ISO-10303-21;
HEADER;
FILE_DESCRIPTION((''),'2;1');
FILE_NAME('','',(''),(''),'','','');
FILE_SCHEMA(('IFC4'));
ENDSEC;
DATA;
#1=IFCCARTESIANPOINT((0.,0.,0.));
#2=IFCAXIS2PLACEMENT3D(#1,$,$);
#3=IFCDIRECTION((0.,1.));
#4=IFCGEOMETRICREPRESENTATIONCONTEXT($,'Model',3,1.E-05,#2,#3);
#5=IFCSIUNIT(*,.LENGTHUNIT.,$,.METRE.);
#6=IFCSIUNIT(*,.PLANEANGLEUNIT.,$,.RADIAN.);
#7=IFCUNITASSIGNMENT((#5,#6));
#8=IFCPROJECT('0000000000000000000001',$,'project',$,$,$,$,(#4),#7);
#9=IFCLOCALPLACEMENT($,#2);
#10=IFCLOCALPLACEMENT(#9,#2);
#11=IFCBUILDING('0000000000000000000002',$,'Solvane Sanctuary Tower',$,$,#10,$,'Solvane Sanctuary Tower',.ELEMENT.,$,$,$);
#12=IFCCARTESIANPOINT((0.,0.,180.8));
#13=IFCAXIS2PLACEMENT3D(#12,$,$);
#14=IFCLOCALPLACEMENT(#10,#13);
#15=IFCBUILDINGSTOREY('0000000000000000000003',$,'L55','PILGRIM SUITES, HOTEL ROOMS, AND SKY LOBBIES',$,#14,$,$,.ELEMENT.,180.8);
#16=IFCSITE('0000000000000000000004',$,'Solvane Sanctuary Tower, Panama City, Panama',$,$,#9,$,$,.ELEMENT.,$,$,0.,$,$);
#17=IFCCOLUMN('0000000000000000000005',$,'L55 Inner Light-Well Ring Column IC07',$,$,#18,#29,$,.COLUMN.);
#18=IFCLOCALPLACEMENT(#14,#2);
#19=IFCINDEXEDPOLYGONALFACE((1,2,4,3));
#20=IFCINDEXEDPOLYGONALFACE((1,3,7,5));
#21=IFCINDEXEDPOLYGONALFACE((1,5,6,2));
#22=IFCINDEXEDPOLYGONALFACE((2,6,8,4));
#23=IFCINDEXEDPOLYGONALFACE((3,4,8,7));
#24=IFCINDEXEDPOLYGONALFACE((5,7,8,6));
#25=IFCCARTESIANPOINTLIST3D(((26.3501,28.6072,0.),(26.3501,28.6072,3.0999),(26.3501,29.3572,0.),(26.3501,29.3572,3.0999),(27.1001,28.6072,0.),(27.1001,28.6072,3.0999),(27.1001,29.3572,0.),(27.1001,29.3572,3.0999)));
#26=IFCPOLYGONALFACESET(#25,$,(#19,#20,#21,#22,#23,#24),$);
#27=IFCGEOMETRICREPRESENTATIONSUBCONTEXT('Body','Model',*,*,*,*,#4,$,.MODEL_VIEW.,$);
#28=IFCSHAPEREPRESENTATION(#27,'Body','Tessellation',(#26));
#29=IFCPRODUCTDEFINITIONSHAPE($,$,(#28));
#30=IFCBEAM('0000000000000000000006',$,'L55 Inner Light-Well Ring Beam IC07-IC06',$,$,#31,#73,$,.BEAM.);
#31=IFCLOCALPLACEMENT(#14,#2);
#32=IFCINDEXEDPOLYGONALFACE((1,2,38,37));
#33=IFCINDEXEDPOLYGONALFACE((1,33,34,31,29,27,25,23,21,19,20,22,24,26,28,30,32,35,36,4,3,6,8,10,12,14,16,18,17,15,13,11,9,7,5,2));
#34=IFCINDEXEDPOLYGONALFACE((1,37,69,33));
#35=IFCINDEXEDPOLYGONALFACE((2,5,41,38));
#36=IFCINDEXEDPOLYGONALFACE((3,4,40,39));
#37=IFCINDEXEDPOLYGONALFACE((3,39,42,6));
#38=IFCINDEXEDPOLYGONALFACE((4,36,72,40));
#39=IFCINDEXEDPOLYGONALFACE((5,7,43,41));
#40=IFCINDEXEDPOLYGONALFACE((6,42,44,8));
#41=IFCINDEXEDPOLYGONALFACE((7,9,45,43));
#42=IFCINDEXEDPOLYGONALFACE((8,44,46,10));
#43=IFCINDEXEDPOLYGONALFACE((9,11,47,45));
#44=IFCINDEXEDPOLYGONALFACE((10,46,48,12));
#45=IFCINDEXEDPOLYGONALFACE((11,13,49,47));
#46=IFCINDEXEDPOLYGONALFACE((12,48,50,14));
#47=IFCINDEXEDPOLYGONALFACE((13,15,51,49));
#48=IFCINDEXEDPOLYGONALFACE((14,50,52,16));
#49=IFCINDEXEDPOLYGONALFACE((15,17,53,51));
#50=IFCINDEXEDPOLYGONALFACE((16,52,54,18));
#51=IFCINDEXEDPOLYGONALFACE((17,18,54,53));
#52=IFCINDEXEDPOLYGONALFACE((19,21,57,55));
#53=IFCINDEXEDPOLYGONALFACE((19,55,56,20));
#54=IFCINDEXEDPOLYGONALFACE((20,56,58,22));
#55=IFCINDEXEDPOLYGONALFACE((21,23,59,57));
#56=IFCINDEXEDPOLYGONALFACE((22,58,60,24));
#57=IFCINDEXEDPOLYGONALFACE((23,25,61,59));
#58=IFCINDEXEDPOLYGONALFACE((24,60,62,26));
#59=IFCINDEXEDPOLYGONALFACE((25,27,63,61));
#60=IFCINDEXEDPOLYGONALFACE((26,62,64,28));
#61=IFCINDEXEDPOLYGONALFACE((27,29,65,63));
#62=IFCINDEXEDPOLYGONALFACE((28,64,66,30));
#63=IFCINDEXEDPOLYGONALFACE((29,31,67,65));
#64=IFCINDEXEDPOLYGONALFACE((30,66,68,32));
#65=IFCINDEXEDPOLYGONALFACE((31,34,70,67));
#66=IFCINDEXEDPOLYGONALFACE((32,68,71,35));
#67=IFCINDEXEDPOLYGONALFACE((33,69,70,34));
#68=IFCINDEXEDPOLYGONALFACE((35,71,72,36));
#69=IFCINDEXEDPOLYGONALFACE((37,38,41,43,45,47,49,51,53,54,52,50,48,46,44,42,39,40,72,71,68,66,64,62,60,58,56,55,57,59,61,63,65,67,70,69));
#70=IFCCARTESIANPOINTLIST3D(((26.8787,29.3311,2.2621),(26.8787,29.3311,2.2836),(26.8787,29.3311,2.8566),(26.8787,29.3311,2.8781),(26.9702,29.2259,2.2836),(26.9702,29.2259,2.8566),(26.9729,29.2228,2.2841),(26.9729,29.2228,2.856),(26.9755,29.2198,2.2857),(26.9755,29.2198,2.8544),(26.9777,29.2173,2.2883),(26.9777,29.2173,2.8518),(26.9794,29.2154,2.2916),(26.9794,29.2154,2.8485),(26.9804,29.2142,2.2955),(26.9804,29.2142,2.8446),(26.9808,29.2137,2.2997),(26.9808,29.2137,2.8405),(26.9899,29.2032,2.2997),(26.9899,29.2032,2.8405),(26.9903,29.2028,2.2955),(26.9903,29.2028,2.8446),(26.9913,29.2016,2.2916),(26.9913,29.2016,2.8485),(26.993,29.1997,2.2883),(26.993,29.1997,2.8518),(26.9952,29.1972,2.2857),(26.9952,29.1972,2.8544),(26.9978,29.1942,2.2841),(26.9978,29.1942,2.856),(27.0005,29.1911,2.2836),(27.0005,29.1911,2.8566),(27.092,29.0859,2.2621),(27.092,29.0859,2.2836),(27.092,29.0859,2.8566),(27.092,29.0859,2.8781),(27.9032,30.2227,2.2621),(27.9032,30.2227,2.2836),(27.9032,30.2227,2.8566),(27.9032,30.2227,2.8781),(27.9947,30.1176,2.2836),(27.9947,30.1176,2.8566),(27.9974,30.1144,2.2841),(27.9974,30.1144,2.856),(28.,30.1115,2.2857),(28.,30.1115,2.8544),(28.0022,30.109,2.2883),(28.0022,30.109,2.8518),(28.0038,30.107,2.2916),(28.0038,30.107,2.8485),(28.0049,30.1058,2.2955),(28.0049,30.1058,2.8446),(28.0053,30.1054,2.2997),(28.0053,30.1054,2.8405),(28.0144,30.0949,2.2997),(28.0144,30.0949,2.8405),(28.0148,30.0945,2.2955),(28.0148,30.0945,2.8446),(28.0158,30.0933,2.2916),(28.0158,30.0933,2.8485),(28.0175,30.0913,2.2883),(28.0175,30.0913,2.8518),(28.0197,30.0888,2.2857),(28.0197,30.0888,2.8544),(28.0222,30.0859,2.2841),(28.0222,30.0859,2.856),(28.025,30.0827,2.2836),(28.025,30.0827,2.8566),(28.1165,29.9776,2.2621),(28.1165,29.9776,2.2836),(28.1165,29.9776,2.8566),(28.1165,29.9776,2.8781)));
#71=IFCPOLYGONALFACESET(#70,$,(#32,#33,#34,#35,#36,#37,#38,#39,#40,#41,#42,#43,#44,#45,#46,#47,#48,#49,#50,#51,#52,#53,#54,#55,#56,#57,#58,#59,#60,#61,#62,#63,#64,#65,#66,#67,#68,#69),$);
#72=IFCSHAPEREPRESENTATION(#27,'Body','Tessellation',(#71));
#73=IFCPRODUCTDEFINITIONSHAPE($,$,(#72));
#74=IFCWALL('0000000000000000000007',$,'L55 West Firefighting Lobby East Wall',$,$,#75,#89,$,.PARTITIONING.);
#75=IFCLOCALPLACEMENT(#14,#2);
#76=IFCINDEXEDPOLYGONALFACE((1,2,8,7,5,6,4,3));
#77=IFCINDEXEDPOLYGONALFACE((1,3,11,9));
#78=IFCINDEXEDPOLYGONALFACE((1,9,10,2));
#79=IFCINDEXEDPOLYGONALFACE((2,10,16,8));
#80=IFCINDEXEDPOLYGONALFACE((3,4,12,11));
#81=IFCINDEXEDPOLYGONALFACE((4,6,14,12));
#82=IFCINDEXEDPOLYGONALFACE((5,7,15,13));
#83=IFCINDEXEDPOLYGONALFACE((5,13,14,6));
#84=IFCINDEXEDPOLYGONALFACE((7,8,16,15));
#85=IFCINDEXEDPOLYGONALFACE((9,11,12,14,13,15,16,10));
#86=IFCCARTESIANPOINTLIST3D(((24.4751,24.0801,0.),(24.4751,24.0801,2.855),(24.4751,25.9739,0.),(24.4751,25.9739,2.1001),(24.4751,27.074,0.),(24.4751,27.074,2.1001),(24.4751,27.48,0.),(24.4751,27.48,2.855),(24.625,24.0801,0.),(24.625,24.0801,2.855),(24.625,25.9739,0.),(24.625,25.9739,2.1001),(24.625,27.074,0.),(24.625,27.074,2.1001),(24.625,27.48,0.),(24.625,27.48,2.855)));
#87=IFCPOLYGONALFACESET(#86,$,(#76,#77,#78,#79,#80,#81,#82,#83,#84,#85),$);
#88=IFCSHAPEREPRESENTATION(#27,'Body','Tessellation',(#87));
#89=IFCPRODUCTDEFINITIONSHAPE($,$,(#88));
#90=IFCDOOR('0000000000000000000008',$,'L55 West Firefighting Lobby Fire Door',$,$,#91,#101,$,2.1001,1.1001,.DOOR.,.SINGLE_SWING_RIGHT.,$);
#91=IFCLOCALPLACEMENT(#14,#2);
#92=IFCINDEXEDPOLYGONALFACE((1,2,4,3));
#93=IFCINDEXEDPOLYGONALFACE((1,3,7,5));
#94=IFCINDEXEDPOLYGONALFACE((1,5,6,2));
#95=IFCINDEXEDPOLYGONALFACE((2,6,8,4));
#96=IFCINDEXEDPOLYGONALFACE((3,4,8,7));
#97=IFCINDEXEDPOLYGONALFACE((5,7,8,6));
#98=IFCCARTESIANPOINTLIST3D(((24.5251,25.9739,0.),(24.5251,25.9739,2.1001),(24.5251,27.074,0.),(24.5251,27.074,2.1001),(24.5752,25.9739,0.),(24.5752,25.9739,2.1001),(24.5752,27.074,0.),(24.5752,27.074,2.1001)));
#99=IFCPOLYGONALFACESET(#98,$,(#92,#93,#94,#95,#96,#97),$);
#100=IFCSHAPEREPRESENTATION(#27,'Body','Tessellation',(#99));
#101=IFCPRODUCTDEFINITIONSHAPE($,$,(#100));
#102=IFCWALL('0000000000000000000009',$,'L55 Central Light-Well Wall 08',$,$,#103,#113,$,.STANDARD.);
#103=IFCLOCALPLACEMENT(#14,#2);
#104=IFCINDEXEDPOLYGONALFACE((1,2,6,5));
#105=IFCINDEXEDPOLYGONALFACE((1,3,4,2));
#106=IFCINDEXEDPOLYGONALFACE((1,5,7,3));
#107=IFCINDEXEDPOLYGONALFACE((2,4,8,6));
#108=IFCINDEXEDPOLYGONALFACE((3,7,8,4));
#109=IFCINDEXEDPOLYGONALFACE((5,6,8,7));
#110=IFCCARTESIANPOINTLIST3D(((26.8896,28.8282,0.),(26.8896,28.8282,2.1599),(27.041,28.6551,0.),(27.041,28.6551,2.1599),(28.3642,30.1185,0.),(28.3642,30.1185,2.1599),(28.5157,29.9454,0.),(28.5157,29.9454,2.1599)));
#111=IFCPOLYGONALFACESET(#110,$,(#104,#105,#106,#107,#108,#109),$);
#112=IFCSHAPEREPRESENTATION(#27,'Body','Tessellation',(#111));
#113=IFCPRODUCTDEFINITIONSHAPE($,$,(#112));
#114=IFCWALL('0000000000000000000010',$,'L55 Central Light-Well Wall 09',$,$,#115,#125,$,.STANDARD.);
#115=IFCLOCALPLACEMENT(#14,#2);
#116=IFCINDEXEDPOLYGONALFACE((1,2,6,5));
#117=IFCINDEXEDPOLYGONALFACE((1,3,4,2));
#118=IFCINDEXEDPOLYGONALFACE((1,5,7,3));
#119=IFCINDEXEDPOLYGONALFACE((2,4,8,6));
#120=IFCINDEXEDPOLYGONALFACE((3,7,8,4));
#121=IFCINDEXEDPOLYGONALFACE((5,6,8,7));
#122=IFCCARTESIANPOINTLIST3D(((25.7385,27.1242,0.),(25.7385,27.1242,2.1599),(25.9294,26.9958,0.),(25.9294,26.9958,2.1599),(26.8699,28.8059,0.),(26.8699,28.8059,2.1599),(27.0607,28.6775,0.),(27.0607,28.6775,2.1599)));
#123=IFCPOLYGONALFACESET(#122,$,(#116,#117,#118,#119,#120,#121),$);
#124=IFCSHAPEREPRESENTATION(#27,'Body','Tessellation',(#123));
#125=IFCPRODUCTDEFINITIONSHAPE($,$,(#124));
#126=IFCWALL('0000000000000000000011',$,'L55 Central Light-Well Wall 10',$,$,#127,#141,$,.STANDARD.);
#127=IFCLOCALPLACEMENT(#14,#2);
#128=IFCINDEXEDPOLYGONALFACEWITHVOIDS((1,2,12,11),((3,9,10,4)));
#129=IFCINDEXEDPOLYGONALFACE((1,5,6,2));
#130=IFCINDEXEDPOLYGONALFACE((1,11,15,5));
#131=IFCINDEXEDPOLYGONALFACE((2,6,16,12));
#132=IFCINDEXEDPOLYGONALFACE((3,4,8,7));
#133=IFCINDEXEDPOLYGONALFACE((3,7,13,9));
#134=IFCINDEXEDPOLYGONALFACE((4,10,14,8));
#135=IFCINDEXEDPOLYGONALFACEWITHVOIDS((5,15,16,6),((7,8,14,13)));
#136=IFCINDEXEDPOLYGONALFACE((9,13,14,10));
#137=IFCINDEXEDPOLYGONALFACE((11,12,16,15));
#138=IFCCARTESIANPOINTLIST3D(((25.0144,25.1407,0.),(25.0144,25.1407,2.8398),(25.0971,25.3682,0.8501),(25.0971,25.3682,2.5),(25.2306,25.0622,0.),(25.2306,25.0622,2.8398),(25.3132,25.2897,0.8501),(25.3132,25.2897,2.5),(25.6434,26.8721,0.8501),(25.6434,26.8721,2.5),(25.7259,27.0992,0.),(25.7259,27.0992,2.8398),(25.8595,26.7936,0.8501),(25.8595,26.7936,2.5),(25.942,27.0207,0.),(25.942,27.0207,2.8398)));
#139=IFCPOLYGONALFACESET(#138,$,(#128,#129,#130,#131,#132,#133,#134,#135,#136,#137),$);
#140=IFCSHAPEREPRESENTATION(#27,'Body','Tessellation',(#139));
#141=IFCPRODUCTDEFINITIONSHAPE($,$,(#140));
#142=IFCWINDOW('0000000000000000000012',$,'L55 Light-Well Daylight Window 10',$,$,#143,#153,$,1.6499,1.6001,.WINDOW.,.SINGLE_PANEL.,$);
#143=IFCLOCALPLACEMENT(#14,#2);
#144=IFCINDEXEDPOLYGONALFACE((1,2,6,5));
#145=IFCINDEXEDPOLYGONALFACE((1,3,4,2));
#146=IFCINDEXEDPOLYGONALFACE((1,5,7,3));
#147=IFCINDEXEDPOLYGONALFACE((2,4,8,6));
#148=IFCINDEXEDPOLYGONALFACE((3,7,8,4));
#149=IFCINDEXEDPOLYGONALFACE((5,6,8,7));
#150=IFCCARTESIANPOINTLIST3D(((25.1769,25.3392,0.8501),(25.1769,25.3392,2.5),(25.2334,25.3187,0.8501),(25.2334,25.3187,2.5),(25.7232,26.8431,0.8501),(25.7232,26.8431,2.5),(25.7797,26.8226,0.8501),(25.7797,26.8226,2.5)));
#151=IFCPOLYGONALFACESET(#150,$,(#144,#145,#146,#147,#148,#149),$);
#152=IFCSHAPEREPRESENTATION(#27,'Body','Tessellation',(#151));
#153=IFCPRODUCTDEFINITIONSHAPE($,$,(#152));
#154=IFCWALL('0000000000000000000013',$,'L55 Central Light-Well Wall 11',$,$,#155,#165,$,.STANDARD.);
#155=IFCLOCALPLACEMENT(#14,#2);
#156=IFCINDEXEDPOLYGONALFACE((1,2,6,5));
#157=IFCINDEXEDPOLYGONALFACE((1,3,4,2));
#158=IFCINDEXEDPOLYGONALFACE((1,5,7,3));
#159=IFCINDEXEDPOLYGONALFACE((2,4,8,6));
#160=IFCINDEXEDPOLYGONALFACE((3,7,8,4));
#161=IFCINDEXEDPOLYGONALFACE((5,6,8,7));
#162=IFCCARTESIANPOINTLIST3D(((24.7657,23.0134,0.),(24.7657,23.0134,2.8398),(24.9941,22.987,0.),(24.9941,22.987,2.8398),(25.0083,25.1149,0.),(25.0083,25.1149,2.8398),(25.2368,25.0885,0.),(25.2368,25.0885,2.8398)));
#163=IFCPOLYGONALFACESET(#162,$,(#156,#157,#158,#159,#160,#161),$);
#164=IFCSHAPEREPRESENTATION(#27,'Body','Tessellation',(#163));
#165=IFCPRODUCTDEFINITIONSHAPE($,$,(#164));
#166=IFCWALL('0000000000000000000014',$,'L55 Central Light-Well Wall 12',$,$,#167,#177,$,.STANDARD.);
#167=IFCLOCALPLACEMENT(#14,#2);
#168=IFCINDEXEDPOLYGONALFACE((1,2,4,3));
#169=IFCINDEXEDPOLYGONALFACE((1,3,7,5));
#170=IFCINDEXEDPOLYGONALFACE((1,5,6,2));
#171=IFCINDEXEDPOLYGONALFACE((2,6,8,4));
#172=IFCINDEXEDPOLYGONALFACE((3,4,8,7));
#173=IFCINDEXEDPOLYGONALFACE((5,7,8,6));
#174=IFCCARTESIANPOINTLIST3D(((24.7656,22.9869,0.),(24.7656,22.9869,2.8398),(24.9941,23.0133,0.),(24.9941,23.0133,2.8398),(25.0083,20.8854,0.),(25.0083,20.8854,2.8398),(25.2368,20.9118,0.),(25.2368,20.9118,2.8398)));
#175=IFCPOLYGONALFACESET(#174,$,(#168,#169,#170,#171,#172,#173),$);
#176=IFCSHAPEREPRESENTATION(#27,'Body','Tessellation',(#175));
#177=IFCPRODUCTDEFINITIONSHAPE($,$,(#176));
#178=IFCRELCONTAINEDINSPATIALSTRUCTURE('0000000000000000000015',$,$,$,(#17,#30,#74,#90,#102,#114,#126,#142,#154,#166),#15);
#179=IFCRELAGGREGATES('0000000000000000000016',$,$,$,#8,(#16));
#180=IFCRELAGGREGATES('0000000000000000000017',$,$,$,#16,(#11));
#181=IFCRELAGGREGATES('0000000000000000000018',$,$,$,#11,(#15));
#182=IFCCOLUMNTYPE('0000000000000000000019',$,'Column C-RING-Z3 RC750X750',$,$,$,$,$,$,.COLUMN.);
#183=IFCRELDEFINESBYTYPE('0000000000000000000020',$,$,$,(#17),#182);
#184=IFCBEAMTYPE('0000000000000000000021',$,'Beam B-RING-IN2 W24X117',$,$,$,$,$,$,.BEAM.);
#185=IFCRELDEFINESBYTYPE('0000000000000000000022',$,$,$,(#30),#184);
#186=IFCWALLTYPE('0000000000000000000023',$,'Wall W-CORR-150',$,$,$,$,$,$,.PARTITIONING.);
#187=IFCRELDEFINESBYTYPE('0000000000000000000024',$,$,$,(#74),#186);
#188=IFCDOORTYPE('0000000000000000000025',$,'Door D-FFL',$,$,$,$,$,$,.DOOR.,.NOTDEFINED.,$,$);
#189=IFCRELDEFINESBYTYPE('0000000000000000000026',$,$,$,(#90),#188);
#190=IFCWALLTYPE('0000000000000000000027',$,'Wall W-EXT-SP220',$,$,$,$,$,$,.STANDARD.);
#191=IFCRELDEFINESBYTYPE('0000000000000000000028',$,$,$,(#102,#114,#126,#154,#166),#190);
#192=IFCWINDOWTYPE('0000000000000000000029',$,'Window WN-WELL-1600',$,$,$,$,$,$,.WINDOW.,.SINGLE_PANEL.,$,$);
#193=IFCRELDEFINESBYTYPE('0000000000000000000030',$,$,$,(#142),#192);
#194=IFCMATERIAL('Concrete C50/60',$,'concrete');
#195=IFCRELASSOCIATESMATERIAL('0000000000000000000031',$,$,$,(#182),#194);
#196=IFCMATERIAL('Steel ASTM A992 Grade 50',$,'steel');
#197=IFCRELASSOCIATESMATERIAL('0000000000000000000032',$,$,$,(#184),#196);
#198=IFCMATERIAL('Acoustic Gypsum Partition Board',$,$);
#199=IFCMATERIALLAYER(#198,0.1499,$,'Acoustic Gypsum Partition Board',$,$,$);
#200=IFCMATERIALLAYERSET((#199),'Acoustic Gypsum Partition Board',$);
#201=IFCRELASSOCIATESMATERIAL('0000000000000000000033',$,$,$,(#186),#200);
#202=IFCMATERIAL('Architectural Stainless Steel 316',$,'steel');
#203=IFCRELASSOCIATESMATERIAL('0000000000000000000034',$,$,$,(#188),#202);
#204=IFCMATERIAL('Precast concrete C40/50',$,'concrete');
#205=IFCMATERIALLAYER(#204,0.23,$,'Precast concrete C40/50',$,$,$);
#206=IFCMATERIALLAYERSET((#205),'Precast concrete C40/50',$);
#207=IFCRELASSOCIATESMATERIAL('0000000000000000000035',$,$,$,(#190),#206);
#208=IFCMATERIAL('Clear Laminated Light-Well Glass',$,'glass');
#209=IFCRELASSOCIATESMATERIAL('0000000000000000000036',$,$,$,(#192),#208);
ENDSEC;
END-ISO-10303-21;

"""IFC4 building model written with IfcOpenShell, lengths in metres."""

from ifc_helpers import new_model, si_unit, direction, frame, frame_2d, origin, origin_2d, place, context, subcontext, project, spatial, rectangle, i_section, extrude, material, layer, layer_set, material_profile, profile_set, type_object, element, fill, save


model = new_model("IFC4")

# Units and contexts
model_context = context("Model", 3, precision=1e-05, world=origin(), true_north=direction((0.0, 1.0)))
body_context = subcontext(model_context, "Body", "Model", "MODEL_VIEW")
ifc_project = project(units=[si_unit("LENGTHUNIT", "METRE"), si_unit("PLANEANGLEUNIT", "RADIAN")], contexts=[model_context])

# Site, building, storey
site_placement = place(None, origin())
site = spatial("IfcSite", under=ifc_project, at=site_placement, Name="Solvane Sanctuary Tower, Panama City, Panama", CompositionType="ELEMENT", RefElevation=0.0)
building_placement = place(site_placement, origin())
building = spatial("IfcBuilding", under=site, at=building_placement, Name="Solvane Sanctuary Tower", LongName="Solvane Sanctuary Tower", CompositionType="ELEMENT")
storey_placement = place(building_placement, frame((0.0, 0.0, 180.8)))
storey = spatial("IfcBuildingStorey", under=building, at=storey_placement, Name="L55", Description="PILGRIM SUITES, HOTEL ROOMS, AND SKY LOBBIES", CompositionType="ELEMENT", Elevation=180.8)

# Column
ifc_material_1 = material(Name="Concrete C50/60", Category="concrete")
ifc_material_profile_1 = material_profile(ifc_material_1, rectangle(XDim=0.75, YDim=0.75, at=origin_2d()), Name="RC750X750")
ifc_profile_set_1 = profile_set([ifc_material_profile_1], Name="Concrete C50/60")
column_type = type_object("IfcColumnType", Name="Column C-RING-Z3 RC750X750", PredefinedType="COLUMN", material=ifc_profile_set_1)
column_placement = place(storey_placement, frame((26.7251, 28.9822, 0.0), z_axis=(0.0, 0.0, 1.0), x_axis=(1.0, 0.0, 0.0)))
element("IfcColumn", 1, at=column_placement, inside=storey, type_object=column_type, Name="L55 Inner Light-Well Ring Column IC07", PredefinedType="COLUMN", context=body_context, shape_type="SweptSolid", body=[
    extrude(rectangle(XDim=0.75, YDim=0.75, at=origin_2d()), origin(), (0.0, 0.0, 1.0), 3.0999),
])

# Beam
ifc_material_2 = material(Name="Steel ASTM A992 Grade 50", Category="steel")
ifc_material_profile_2 = material_profile(ifc_material_2, i_section(OverallWidth=0.325, OverallDepth=0.616, WebThickness=0.0139, FlangeThickness=0.0215, FilletRadius=0.0161, at=origin_2d()), Name="W24X117")
ifc_profile_set_2 = profile_set([ifc_material_profile_2], Name="Steel ASTM A992 Grade 50")
beam_type = type_object("IfcBeamType", Name="Beam B-RING-IN2 W24X117", PredefinedType="BEAM", material=ifc_profile_set_2)
beam_placement = place(storey_placement, frame((26.9854, 29.2085, 2.5701), z_axis=(0.754311, 0.656517, 0.0), x_axis=(-0.656517, 0.754311, 0.0)))
element("IfcBeam", 2, at=beam_placement, inside=storey, type_object=beam_type, Name="L55 Inner Light-Well Ring Beam IC07-IC06", PredefinedType="BEAM", context=body_context, shape_type="SweptSolid", body=[
    extrude(i_section(OverallWidth=0.325, OverallDepth=0.616, WebThickness=0.0139, FlangeThickness=0.0215, FilletRadius=0.0161, at=origin_2d()), origin(), (0.0, 0.0, 1.0), 1.3582),
])

# Wall, opening, door
ifc_material_3 = material(Name="Acoustic Gypsum Partition Board")
ifc_layer_1 = layer(ifc_material_3, 0.1499, Name="Acoustic Gypsum Partition Board")
ifc_layer_set_1 = layer_set([ifc_layer_1], Name="Acoustic Gypsum Partition Board")
wall_type_1 = type_object("IfcWallType", Name="Wall W-CORR-150", PredefinedType="PARTITIONING", material=ifc_layer_set_1)
wall_1_placement = place(storey_placement, frame((24.55, 24.0801, 0.0), z_axis=(0.0, 0.0, 1.0), x_axis=(0.0, 1.0, 0.0)))
wall_1 = element("IfcWall", 3, at=wall_1_placement, inside=storey, type_object=wall_type_1, Name="L55 West Firefighting Lobby East Wall", PredefinedType="PARTITIONING", context=body_context, shape_type="SweptSolid", body=[
    extrude(rectangle(XDim=3.3999, YDim=0.1499, at=frame_2d((1.7, 0.0))), origin(), (0.0, 0.0, 1.0), 2.855),
])
opening_1_placement = place(wall_1_placement, frame((1.8938, 0.0, 0.0)))
opening_1 = element("IfcOpeningElement", 4, at=opening_1_placement, cuts=wall_1, PredefinedType="OPENING", context=body_context, shape_type="SweptSolid", body=[
    extrude(rectangle(XDim=1.1001, YDim=2.1001, at=frame_2d((0.55, 1.05))), frame((0.0, 0.085, 0.0), z_axis=(0.0, -1.0, 0.0), x_axis=(1.0, 0.0, 0.0)), (0.0, 0.0, 1.0), 0.1699),
])
ifc_material_4 = material(Name="Architectural Stainless Steel 316", Category="steel")
door_type_1 = type_object("IfcDoorType", Name="Door D-FFL", OperationType="NOTDEFINED", PredefinedType="DOOR", material=ifc_material_4)
door_1_placement = place(opening_1_placement, origin())
door_1 = element("IfcDoor", 5, at=door_1_placement, inside=storey, type_object=door_type_1, Name="L55 West Firefighting Lobby Fire Door", OperationType="SINGLE_SWING_RIGHT", OverallHeight=2.1001, OverallWidth=1.1001, PredefinedType="DOOR", context=body_context, shape_type="SweptSolid", body=[
    extrude(rectangle(XDim=1.1001, YDim=2.1001, at=frame_2d((0.55, 1.05))), frame((0.0, 0.0249, 0.0), z_axis=(0.0, -1.0, 0.0), x_axis=(1.0, 0.0, 0.0)), (0.0, 0.0, 1.0), 0.05),
])
fill(opening_1, door_1)

# Walls
ifc_material_5 = material(Name="Precast concrete C40/50", Category="concrete")
ifc_layer_2 = layer(ifc_material_5, 0.23, Name="Precast concrete C40/50")
ifc_layer_set_2 = layer_set([ifc_layer_2], Name="Precast concrete C40/50")
wall_type_2 = type_object("IfcWallType", Name="Wall W-EXT-SP220", PredefinedType="STANDARD", material=ifc_layer_set_2)
wall_2_placement = place(storey_placement, frame((28.4399, 30.032, 0.0), z_axis=(0.0, 0.0, 1.0), x_axis=(-0.752577, -0.658505, 0.0)))
element("IfcWall", 6, at=wall_2_placement, inside=storey, type_object=wall_type_2, Name="L55 Central Light-Well Wall 08", PredefinedType="STANDARD", context=body_context, shape_type="SweptSolid", body=[
    extrude(rectangle(XDim=1.9595, YDim=0.23, at=frame_2d((0.9797, 0.0))), origin(), (0.0, 0.0, 1.0), 2.1599),
])
wall_3_placement = place(storey_placement, frame((26.9653, 28.7417, 0.0), z_axis=(0.0, 0.0, 1.0), x_axis=(-0.558198, -0.829708, 0.0)))
element("IfcWall", 7, at=wall_3_placement, inside=storey, type_object=wall_type_2, Name="L55 Central Light-Well Wall 09", PredefinedType="STANDARD", context=body_context, shape_type="SweptSolid", body=[
    extrude(rectangle(XDim=2.0269, YDim=0.23, at=frame_2d((1.0134, 0.0))), origin(), (0.0, 0.0, 1.0), 2.1599),
])

# Wall, opening, window
wall_4_placement = place(storey_placement, frame((25.834, 27.0601, 0.0), z_axis=(0.0, 0.0, 1.0), x_axis=(-0.341423, -0.93991, 0.0)))
wall_4 = element("IfcWall", 8, at=wall_4_placement, inside=storey, type_object=wall_type_2, Name="L55 Central Light-Well Wall 10", PredefinedType="STANDARD", context=body_context, shape_type="SweptSolid", body=[
    extrude(rectangle(XDim=2.0837, YDim=0.23, at=frame_2d((1.042, 0.0))), origin(), (0.0, 0.0, 1.0), 2.8398),
])
opening_2_placement = place(wall_4_placement, frame((0.2417, 0.0, 0.8501)))
opening_2 = element("IfcOpeningElement", 9, at=opening_2_placement, cuts=wall_4, PredefinedType="OPENING", context=body_context, shape_type="SweptSolid", body=[
    extrude(rectangle(XDim=1.6001, YDim=1.6499, at=frame_2d((0.8, 0.825))), frame((0.0, 0.125, 0.0), z_axis=(0.0, -1.0, 0.0), x_axis=(1.0, 0.0, 0.0)), (0.0, 0.0, 1.0), 0.25),
])
ifc_material_6 = material(Name="Clear Laminated Light-Well Glass", Category="glass")
window_type = type_object("IfcWindowType", Name="Window WN-WELL-1600", PartitioningType="SINGLE_PANEL", PredefinedType="WINDOW", material=ifc_material_6)
window_placement = place(opening_2_placement, origin())
window = element("IfcWindow", 10, at=window_placement, inside=storey, type_object=window_type, Name="L55 Light-Well Daylight Window 10", OverallHeight=1.6499, OverallWidth=1.6001, PartitioningType="SINGLE_PANEL", PredefinedType="WINDOW", context=body_context, shape_type="SweptSolid", body=[
    extrude(rectangle(XDim=1.6001, YDim=1.6499, at=frame_2d((0.8, 0.825))), frame((0.0, 0.03, 0.0), z_axis=(0.0, -1.0, 0.0), x_axis=(1.0, 0.0, 0.0)), (0.0, 0.0, 1.0), 0.0601),
])
fill(opening_2, window)

# Walls
for number, where, z_axis, x_axis, name in (
    (11, (25.1226, 25.1016, 0.0), (0.0, 0.0, 1.0), (-0.114712, -0.993399, 0.0), "L55 Central Light-Well Wall 11"),
    (12, (24.8799, 23.0, 0.0), (0.0, 0.0, 1.0), (0.114712, -0.993399, 0.0), "L55 Central Light-Well Wall 12"),
):
    element("IfcWall", number, at=place(storey_placement, frame(where, z_axis=z_axis, x_axis=x_axis)), inside=storey, type_object=wall_type_2, Name=name, PredefinedType="STANDARD", context=body_context, shape_type="SweptSolid", body=[
        extrude(rectangle(XDim=2.1155, YDim=0.23, at=frame_2d((1.0576, 0.0))), origin(), (0.0, 0.0, 1.0), 2.8398),
    ])

save(model, "model.ifc")
